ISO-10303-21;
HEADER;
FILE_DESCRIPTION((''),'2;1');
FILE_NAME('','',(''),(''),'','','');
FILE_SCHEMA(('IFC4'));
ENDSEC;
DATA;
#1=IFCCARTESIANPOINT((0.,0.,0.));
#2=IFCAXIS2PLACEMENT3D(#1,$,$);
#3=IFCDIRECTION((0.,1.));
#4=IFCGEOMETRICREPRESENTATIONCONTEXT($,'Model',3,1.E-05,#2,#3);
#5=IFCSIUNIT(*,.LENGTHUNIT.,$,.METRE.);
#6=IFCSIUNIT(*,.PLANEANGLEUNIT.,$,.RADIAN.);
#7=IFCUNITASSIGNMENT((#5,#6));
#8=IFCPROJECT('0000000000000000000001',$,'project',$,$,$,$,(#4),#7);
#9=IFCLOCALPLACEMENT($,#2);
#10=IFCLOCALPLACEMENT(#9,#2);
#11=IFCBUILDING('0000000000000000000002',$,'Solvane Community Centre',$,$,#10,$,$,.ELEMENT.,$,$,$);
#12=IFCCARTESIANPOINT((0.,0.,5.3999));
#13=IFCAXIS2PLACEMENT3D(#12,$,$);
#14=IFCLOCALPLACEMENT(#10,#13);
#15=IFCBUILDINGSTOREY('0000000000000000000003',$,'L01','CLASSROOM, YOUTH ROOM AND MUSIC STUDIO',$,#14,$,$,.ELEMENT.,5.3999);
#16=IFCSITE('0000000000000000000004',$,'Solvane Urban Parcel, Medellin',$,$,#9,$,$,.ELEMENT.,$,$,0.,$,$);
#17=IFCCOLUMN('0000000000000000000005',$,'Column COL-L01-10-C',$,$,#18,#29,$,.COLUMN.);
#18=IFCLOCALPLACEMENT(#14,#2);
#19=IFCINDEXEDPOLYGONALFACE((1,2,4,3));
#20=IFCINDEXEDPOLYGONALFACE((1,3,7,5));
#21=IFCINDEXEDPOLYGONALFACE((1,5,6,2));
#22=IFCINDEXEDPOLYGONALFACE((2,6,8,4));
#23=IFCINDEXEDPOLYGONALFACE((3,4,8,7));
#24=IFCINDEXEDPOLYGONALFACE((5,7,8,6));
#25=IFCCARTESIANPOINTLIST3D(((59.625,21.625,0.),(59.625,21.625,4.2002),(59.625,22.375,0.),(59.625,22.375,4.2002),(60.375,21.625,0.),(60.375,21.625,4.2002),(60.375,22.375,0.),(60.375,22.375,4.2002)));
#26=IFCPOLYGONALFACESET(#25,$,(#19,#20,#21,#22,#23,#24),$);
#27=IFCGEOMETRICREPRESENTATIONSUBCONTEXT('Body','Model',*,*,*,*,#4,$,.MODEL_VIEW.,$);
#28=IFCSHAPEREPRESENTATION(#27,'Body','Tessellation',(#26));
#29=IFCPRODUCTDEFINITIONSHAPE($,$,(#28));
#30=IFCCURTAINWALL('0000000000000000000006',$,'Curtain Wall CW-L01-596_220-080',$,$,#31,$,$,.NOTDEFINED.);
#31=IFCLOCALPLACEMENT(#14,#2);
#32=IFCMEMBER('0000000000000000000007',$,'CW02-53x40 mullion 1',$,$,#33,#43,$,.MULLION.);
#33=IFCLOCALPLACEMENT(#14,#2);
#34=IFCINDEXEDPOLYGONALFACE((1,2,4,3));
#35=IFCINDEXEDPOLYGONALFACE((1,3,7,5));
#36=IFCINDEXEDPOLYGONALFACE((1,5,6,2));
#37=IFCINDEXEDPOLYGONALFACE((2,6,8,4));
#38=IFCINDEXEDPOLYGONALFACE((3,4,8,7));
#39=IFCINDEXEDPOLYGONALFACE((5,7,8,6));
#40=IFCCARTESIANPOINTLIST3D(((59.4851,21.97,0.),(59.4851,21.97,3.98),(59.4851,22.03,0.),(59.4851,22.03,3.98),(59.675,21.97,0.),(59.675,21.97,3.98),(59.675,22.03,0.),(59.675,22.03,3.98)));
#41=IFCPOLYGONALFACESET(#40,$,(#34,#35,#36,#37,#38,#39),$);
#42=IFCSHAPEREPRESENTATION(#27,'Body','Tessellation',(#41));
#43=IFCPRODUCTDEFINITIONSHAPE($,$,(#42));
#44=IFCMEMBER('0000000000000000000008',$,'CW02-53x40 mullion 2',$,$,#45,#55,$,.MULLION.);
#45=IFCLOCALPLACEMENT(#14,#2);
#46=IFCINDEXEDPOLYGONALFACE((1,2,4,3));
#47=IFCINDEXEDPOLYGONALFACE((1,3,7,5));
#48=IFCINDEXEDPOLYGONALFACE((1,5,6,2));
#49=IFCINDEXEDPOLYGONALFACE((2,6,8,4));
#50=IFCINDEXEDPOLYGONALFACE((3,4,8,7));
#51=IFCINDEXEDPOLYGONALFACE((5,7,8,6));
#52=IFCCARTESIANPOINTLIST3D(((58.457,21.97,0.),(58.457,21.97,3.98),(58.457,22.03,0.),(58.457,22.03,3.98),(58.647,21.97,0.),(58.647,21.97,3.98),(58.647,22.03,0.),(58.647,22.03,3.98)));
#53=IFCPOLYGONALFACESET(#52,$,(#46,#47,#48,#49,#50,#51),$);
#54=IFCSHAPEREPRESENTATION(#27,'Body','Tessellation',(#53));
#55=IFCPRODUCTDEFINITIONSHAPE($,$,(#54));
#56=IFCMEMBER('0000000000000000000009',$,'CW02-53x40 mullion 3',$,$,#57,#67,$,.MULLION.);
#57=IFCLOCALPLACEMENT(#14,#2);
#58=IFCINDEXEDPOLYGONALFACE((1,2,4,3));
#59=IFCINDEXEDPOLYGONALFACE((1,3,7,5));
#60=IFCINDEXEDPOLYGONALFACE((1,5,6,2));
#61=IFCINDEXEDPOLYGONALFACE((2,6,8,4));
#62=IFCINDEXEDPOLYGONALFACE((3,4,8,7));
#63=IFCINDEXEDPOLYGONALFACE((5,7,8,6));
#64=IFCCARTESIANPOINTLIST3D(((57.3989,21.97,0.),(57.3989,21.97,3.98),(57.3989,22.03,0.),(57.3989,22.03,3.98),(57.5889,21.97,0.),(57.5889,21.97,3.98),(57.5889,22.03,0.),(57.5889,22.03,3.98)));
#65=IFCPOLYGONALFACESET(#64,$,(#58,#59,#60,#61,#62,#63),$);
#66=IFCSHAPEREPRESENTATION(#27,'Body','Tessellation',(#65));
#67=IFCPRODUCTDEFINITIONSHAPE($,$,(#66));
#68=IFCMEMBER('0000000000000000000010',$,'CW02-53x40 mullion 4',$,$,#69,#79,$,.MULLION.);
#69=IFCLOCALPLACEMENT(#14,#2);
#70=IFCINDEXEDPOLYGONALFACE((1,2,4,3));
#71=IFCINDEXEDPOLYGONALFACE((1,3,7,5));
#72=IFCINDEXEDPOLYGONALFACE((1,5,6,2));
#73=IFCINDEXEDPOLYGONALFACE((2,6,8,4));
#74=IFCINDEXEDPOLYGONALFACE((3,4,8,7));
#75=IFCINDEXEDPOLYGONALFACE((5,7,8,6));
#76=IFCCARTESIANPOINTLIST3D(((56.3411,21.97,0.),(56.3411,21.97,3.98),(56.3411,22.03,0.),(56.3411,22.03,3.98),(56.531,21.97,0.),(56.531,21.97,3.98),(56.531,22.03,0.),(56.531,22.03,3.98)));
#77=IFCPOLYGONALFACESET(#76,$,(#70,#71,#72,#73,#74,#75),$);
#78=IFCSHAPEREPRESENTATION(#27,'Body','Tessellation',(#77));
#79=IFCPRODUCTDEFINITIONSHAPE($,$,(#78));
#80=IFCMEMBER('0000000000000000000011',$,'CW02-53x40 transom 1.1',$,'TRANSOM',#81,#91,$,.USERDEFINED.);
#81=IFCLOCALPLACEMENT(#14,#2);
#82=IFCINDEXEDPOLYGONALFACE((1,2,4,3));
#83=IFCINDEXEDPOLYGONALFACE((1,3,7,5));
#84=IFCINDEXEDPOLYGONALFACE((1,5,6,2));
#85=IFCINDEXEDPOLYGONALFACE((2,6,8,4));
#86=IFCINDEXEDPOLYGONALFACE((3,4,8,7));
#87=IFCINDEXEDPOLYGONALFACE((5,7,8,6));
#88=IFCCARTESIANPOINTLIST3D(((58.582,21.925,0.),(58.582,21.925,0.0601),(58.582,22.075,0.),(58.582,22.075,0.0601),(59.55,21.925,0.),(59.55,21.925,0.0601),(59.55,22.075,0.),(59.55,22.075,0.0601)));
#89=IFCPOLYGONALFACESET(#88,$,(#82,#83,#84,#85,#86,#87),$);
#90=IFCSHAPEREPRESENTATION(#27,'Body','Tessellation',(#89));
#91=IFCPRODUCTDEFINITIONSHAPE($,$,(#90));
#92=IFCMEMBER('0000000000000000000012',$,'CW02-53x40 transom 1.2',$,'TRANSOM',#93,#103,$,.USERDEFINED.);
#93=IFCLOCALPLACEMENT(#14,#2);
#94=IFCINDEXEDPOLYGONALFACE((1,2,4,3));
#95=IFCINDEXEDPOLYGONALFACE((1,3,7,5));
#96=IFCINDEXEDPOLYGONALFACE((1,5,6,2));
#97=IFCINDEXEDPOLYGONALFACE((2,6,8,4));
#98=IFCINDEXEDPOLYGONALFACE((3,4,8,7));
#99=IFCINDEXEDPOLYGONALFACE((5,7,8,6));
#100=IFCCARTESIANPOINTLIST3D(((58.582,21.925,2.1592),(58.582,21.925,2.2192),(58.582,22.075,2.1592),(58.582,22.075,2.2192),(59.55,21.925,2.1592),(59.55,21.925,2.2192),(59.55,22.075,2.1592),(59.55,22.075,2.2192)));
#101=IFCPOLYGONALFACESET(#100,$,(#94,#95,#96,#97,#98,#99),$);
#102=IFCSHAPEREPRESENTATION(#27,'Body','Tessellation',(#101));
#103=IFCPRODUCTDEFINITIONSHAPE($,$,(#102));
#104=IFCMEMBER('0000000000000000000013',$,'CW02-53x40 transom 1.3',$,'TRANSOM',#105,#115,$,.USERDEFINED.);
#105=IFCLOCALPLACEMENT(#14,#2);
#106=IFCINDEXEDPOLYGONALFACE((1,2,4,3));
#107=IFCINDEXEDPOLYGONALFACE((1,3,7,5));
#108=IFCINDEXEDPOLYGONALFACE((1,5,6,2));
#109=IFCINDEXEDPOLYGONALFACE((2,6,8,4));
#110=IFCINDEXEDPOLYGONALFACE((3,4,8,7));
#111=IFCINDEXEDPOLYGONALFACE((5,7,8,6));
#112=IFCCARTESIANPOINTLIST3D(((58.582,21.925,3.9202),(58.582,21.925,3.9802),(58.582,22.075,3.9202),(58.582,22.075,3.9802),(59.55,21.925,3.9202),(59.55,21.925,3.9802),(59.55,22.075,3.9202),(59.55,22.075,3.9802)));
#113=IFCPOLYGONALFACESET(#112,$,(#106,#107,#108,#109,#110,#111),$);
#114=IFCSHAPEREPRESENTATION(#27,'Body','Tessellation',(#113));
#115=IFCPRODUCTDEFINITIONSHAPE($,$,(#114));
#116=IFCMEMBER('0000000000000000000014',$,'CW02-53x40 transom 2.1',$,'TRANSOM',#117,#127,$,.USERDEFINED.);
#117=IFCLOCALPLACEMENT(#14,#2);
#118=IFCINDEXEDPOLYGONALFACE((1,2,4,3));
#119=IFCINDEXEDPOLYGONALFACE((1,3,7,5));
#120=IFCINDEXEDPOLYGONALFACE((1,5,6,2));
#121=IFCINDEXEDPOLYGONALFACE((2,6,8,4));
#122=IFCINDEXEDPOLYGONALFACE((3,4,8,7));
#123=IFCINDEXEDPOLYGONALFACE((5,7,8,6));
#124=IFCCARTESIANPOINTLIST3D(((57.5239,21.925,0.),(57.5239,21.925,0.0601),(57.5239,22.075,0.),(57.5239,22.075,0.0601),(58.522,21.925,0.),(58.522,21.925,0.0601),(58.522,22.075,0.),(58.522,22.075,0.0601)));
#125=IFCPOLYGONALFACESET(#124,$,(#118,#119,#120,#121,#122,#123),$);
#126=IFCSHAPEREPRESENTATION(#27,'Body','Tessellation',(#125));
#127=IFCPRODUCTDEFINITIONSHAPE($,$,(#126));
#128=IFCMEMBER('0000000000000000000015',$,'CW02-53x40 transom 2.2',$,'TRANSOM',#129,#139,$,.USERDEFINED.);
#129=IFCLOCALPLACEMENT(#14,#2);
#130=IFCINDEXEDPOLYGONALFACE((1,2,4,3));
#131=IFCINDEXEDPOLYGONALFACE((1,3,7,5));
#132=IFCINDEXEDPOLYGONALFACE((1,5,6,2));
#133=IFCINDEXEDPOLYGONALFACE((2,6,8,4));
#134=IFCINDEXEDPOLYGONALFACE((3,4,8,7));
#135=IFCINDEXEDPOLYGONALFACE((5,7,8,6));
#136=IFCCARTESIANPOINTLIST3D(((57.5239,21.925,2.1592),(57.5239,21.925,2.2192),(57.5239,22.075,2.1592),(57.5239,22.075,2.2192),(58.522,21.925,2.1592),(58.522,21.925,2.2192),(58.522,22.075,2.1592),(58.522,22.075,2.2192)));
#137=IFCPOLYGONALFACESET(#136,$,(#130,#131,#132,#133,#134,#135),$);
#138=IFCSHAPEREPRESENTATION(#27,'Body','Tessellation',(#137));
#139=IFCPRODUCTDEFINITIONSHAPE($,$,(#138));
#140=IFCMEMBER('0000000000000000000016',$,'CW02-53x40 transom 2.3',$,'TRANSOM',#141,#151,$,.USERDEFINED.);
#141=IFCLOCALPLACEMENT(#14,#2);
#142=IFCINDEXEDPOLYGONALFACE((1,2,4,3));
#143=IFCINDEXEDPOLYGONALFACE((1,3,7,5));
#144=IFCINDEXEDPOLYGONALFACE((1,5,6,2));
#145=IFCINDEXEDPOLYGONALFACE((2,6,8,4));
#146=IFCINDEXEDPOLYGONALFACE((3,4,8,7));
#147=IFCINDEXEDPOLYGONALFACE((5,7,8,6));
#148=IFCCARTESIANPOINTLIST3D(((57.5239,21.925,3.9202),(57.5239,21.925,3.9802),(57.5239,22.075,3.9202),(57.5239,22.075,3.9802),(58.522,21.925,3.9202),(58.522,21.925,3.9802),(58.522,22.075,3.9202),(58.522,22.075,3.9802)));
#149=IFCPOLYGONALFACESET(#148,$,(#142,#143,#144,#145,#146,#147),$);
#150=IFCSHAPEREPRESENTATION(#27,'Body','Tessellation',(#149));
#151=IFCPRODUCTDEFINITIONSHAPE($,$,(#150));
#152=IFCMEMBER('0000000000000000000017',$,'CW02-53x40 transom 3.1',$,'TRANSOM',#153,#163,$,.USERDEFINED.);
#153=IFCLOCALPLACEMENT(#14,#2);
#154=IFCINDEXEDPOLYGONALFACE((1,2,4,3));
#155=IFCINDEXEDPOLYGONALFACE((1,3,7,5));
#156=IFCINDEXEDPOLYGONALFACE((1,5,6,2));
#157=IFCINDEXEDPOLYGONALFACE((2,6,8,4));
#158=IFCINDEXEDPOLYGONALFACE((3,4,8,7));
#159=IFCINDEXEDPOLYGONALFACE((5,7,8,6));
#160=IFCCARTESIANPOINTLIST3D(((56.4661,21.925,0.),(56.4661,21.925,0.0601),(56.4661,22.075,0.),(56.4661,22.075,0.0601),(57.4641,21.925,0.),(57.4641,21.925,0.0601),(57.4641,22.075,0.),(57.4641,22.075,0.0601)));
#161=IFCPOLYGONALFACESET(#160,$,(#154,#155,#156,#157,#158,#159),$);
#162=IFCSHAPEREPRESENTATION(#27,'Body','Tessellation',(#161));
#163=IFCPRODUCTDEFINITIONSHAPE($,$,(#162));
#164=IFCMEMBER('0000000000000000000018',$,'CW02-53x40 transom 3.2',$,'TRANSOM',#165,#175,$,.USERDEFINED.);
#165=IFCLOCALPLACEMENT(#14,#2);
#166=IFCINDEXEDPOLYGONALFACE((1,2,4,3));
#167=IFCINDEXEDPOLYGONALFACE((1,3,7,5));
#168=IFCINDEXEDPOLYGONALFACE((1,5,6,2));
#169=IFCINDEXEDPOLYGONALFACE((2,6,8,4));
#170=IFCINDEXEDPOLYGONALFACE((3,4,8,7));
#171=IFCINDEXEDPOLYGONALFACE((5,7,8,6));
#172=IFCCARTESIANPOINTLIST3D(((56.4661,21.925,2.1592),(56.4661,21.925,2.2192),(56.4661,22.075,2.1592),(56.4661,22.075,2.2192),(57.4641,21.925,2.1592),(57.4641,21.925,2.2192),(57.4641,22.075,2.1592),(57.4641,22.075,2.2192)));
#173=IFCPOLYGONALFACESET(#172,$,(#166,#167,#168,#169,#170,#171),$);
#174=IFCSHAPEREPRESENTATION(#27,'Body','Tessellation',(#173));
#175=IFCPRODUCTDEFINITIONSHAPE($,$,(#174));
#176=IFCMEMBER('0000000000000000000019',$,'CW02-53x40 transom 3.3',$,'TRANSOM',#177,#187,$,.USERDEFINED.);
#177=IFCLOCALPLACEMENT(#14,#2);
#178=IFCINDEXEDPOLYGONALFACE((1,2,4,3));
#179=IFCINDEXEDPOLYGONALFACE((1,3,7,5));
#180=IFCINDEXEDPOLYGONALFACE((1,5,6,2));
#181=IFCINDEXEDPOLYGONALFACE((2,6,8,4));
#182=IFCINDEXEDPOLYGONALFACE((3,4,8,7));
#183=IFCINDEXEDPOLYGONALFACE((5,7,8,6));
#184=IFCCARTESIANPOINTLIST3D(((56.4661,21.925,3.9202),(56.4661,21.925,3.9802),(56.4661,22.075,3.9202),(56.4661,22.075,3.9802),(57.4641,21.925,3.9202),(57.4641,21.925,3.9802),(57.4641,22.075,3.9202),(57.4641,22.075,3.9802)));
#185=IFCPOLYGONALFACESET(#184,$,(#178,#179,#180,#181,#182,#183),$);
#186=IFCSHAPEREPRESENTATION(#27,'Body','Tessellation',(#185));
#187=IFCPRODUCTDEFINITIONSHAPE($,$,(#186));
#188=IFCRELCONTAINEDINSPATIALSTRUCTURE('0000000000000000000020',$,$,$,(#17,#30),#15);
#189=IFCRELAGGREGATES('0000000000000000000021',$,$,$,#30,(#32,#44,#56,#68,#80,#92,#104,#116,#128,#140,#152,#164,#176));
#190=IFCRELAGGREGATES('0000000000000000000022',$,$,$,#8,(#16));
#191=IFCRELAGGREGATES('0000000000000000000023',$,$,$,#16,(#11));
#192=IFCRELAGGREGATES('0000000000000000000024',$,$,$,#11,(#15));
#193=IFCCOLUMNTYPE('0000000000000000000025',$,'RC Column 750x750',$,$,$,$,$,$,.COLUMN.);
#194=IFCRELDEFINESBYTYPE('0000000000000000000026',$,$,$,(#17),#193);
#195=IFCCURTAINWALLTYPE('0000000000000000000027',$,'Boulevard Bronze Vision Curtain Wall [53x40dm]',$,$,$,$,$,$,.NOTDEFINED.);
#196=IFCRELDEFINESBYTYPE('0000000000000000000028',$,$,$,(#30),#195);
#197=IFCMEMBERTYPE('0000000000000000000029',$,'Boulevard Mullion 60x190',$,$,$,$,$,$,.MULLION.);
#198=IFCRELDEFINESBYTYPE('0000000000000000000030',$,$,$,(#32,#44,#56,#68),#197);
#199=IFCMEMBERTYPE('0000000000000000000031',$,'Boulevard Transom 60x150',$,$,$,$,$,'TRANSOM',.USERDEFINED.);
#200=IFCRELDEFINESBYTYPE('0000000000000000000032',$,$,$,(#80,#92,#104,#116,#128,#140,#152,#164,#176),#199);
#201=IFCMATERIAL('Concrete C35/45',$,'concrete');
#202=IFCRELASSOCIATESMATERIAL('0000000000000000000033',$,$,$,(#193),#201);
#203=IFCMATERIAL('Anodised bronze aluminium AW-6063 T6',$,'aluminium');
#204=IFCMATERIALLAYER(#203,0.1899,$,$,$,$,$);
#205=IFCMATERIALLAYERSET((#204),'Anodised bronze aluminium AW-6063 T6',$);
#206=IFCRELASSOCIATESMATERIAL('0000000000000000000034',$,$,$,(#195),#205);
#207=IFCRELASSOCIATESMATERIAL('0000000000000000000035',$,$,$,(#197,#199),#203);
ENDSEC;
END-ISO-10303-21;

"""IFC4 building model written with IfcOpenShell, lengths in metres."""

from ifc_helpers import new_model, si_unit, direction, frame, origin, origin_2d, place, context, subcontext, project, spatial, rectangle, extrude, material, layer, layer_set, material_profile, profile_set, type_object, element, aggregate, save


model = new_model("IFC4")

# Units and contexts
model_context = context("Model", 3, precision=1e-05, world=origin(), true_north=direction((0.0, 1.0)))
body_context = subcontext(model_context, "Body", "Model", "MODEL_VIEW")
ifc_project = project(units=[si_unit("LENGTHUNIT", "METRE"), si_unit("PLANEANGLEUNIT", "RADIAN")], contexts=[model_context])

# Site, building, storey
site_placement = place(None, origin())
site = spatial("IfcSite", under=ifc_project, at=site_placement, Name="Solvane Urban Parcel, Medellin", CompositionType="ELEMENT", RefElevation=0.0)
building_placement = place(site_placement, origin())
building = spatial("IfcBuilding", under=site, at=building_placement, Name="Solvane Community Centre", CompositionType="ELEMENT")
storey_placement = place(building_placement, frame((0.0, 0.0, 5.3999)))
storey = spatial("IfcBuildingStorey", under=building, at=storey_placement, Name="L01", Description="CLASSROOM, YOUTH ROOM AND MUSIC STUDIO", CompositionType="ELEMENT", Elevation=5.3999)

# Column
ifc_material_1 = material(Name="Concrete C35/45", Category="concrete")
ifc_material_profile_1 = material_profile(ifc_material_1, rectangle(XDim=0.75, YDim=0.75, at=origin_2d()), Name="RC 750x750")
ifc_profile_set_1 = profile_set([ifc_material_profile_1], Name="Concrete C35/45")
column_type = type_object("IfcColumnType", Name="RC Column 750x750", PredefinedType="COLUMN", material=ifc_profile_set_1)
column_placement = place(storey_placement, frame((60.0, 22.0, 0.0), z_axis=(0.0, 0.0, 1.0), x_axis=(1.0, 0.0, 0.0)))
element("IfcColumn", 1, at=column_placement, inside=storey, type_object=column_type, Name="Column COL-L01-10-C", PredefinedType="COLUMN", context=body_context, shape_type="SweptSolid", body=[
    extrude(rectangle(XDim=0.75, YDim=0.75, at=origin_2d()), origin(), (0.0, 0.0, 1.0), 4.2002),
])

# Curtain wall, members
ifc_material_2 = material(Name="Anodised bronze aluminium AW-6063 T6", Category="aluminium")
ifc_layer_1 = layer(ifc_material_2, 0.1899)
ifc_layer_set_1 = layer_set([ifc_layer_1], Name="Anodised bronze aluminium AW-6063 T6")
curtain_wall_type = type_object("IfcCurtainWallType", Name="Boulevard Bronze Vision Curtain Wall [53x40dm]", PredefinedType="NOTDEFINED", material=ifc_layer_set_1)
curtain_wall_placement = place(storey_placement, origin())
curtain_wall = element("IfcCurtainWall", 2, at=curtain_wall_placement, inside=storey, type_object=curtain_wall_type, Name="Curtain Wall CW-L01-596_220-080", PredefinedType="NOTDEFINED")
ifc_material_profile_2 = material_profile(ifc_material_2, rectangle(XDim=0.0601, YDim=0.1899, at=origin_2d()), Name="CW-M 60x190")
ifc_profile_set_2 = profile_set([ifc_material_profile_2], Name="Anodised bronze aluminium AW-6063 T6")
member_type_1 = type_object("IfcMemberType", Name="Boulevard Mullion 60x190", PredefinedType="MULLION", material=ifc_profile_set_2)
member_1_placement = place(storey_placement, frame((59.5801, 22.0, 0.0), z_axis=(0.0, 0.0, 1.0), x_axis=(0.0, -1.0, 0.0)))
member_1 = element("IfcMember", 3, at=member_1_placement, type_object=member_type_1, Name="CW02-53x40 mullion 1", PredefinedType="MULLION", context=body_context, shape_type="SweptSolid", body=[
    extrude(rectangle(XDim=0.0601, YDim=0.1899, at=origin_2d()), origin(), (0.0, 0.0, 1.0), 3.98),
])
member_2_placement = place(storey_placement, frame((58.552, 22.0, 0.0), z_axis=(0.0, 0.0, 1.0), x_axis=(0.0, -1.0, 0.0)))
member_2 = element("IfcMember", 4, at=member_2_placement, type_object=member_type_1, Name="CW02-53x40 mullion 2", PredefinedType="MULLION", context=body_context, shape_type="SweptSolid", body=[
    extrude(rectangle(XDim=0.0601, YDim=0.1899, at=origin_2d()), origin(), (0.0, 0.0, 1.0), 3.98),
])
member_3_placement = place(storey_placement, frame((57.4939, 22.0, 0.0), z_axis=(0.0, 0.0, 1.0), x_axis=(0.0, -1.0, 0.0)))
member_3 = element("IfcMember", 5, at=member_3_placement, type_object=member_type_1, Name="CW02-53x40 mullion 3", PredefinedType="MULLION", context=body_context, shape_type="SweptSolid", body=[
    extrude(rectangle(XDim=0.0601, YDim=0.1899, at=origin_2d()), origin(), (0.0, 0.0, 1.0), 3.98),
])
member_4_placement = place(storey_placement, frame((56.436, 22.0, 0.0), z_axis=(0.0, 0.0, 1.0), x_axis=(0.0, -1.0, 0.0)))
member_4 = element("IfcMember", 6, at=member_4_placement, type_object=member_type_1, Name="CW02-53x40 mullion 4", PredefinedType="MULLION", context=body_context, shape_type="SweptSolid", body=[
    extrude(rectangle(XDim=0.0601, YDim=0.1899, at=origin_2d()), origin(), (0.0, 0.0, 1.0), 3.98),
])
ifc_material_profile_3 = material_profile(ifc_material_2, rectangle(XDim=0.1499, YDim=0.0601, at=origin_2d()), Name="CW-T 60x150")
ifc_profile_set_3 = profile_set([ifc_material_profile_3], Name="Anodised bronze aluminium AW-6063 T6")
member_type_2 = type_object("IfcMemberType", Name="Boulevard Transom 60x150", ElementType="TRANSOM", PredefinedType="USERDEFINED", material=ifc_profile_set_3)
member_5_placement = place(storey_placement, frame((59.55, 22.0, 0.03), z_axis=(-1.0, 0.0, 0.0), x_axis=(0.0, -1.0, 0.0)))
member_5 = element("IfcMember", 7, at=member_5_placement, type_object=member_type_2, Name="CW02-53x40 transom 1.1", ObjectType="TRANSOM", PredefinedType="USERDEFINED", context=body_context, shape_type="SweptSolid", body=[
    extrude(rectangle(XDim=0.1499, YDim=0.0601, at=origin_2d()), origin(), (0.0, 0.0, 1.0), 0.968),
])
member_6_placement = place(storey_placement, frame((59.55, 22.0, 2.1892), z_axis=(-1.0, 0.0, 0.0), x_axis=(0.0, -1.0, 0.0)))
member_6 = element("IfcMember", 8, at=member_6_placement, type_object=member_type_2, Name="CW02-53x40 transom 1.2", ObjectType="TRANSOM", PredefinedType="USERDEFINED", context=body_context, shape_type="SweptSolid", body=[
    extrude(rectangle(XDim=0.1499, YDim=0.0601, at=origin_2d()), origin(), (0.0, 0.0, 1.0), 0.968),
])
member_7_placement = place(storey_placement, frame((59.55, 22.0, 3.9502), z_axis=(-1.0, 0.0, 0.0), x_axis=(0.0, -1.0, 0.0)))
member_7 = element("IfcMember", 9, at=member_7_placement, type_object=member_type_2, Name="CW02-53x40 transom 1.3", ObjectType="TRANSOM", PredefinedType="USERDEFINED", context=body_context, shape_type="SweptSolid", body=[
    extrude(rectangle(XDim=0.1499, YDim=0.0601, at=origin_2d()), origin(), (0.0, 0.0, 1.0), 0.968),
])
member_8_placement = place(storey_placement, frame((58.522, 22.0, 0.03), z_axis=(-1.0, 0.0, 0.0), x_axis=(0.0, -1.0, 0.0)))
member_8 = element("IfcMember", 10, at=member_8_placement, type_object=member_type_2, Name="CW02-53x40 transom 2.1", ObjectType="TRANSOM", PredefinedType="USERDEFINED", context=body_context, shape_type="SweptSolid", body=[
    extrude(rectangle(XDim=0.1499, YDim=0.0601, at=origin_2d()), origin(), (0.0, 0.0, 1.0), 0.998),
])
member_9_placement = place(storey_placement, frame((58.522, 22.0, 2.1892), z_axis=(-1.0, 0.0, 0.0), x_axis=(0.0, -1.0, 0.0)))
member_9 = element("IfcMember", 11, at=member_9_placement, type_object=member_type_2, Name="CW02-53x40 transom 2.2", ObjectType="TRANSOM", PredefinedType="USERDEFINED", context=body_context, shape_type="SweptSolid", body=[
    extrude(rectangle(XDim=0.1499, YDim=0.0601, at=origin_2d()), origin(), (0.0, 0.0, 1.0), 0.998),
])
member_10_placement = place(storey_placement, frame((58.522, 22.0, 3.9502), z_axis=(-1.0, 0.0, 0.0), x_axis=(0.0, -1.0, 0.0)))
member_10 = element("IfcMember", 12, at=member_10_placement, type_object=member_type_2, Name="CW02-53x40 transom 2.3", ObjectType="TRANSOM", PredefinedType="USERDEFINED", context=body_context, shape_type="SweptSolid", body=[
    extrude(rectangle(XDim=0.1499, YDim=0.0601, at=origin_2d()), origin(), (0.0, 0.0, 1.0), 0.998),
])
member_11_placement = place(storey_placement, frame((57.4641, 22.0, 0.03), z_axis=(-1.0, 0.0, 0.0), x_axis=(0.0, -1.0, 0.0)))
member_11 = element("IfcMember", 13, at=member_11_placement, type_object=member_type_2, Name="CW02-53x40 transom 3.1", ObjectType="TRANSOM", PredefinedType="USERDEFINED", context=body_context, shape_type="SweptSolid", body=[
    extrude(rectangle(XDim=0.1499, YDim=0.0601, at=origin_2d()), origin(), (0.0, 0.0, 1.0), 0.998),
])
member_12_placement = place(storey_placement, frame((57.4641, 22.0, 2.1892), z_axis=(-1.0, 0.0, 0.0), x_axis=(0.0, -1.0, 0.0)))
member_12 = element("IfcMember", 14, at=member_12_placement, type_object=member_type_2, Name="CW02-53x40 transom 3.2", ObjectType="TRANSOM", PredefinedType="USERDEFINED", context=body_context, shape_type="SweptSolid", body=[
    extrude(rectangle(XDim=0.1499, YDim=0.0601, at=origin_2d()), origin(), (0.0, 0.0, 1.0), 0.998),
])
member_13_placement = place(storey_placement, frame((57.4641, 22.0, 3.9502), z_axis=(-1.0, 0.0, 0.0), x_axis=(0.0, -1.0, 0.0)))
member_13 = element("IfcMember", 15, at=member_13_placement, type_object=member_type_2, Name="CW02-53x40 transom 3.3", ObjectType="TRANSOM", PredefinedType="USERDEFINED", context=body_context, shape_type="SweptSolid", body=[
    extrude(rectangle(XDim=0.1499, YDim=0.0601, at=origin_2d()), origin(), (0.0, 0.0, 1.0), 0.998),
])

aggregate(curtain_wall, [member_1, member_2, member_3, member_4, member_5, member_6, member_7, member_8, member_9, member_10, member_11, member_12, member_13])

save(model, "model.ifc")
